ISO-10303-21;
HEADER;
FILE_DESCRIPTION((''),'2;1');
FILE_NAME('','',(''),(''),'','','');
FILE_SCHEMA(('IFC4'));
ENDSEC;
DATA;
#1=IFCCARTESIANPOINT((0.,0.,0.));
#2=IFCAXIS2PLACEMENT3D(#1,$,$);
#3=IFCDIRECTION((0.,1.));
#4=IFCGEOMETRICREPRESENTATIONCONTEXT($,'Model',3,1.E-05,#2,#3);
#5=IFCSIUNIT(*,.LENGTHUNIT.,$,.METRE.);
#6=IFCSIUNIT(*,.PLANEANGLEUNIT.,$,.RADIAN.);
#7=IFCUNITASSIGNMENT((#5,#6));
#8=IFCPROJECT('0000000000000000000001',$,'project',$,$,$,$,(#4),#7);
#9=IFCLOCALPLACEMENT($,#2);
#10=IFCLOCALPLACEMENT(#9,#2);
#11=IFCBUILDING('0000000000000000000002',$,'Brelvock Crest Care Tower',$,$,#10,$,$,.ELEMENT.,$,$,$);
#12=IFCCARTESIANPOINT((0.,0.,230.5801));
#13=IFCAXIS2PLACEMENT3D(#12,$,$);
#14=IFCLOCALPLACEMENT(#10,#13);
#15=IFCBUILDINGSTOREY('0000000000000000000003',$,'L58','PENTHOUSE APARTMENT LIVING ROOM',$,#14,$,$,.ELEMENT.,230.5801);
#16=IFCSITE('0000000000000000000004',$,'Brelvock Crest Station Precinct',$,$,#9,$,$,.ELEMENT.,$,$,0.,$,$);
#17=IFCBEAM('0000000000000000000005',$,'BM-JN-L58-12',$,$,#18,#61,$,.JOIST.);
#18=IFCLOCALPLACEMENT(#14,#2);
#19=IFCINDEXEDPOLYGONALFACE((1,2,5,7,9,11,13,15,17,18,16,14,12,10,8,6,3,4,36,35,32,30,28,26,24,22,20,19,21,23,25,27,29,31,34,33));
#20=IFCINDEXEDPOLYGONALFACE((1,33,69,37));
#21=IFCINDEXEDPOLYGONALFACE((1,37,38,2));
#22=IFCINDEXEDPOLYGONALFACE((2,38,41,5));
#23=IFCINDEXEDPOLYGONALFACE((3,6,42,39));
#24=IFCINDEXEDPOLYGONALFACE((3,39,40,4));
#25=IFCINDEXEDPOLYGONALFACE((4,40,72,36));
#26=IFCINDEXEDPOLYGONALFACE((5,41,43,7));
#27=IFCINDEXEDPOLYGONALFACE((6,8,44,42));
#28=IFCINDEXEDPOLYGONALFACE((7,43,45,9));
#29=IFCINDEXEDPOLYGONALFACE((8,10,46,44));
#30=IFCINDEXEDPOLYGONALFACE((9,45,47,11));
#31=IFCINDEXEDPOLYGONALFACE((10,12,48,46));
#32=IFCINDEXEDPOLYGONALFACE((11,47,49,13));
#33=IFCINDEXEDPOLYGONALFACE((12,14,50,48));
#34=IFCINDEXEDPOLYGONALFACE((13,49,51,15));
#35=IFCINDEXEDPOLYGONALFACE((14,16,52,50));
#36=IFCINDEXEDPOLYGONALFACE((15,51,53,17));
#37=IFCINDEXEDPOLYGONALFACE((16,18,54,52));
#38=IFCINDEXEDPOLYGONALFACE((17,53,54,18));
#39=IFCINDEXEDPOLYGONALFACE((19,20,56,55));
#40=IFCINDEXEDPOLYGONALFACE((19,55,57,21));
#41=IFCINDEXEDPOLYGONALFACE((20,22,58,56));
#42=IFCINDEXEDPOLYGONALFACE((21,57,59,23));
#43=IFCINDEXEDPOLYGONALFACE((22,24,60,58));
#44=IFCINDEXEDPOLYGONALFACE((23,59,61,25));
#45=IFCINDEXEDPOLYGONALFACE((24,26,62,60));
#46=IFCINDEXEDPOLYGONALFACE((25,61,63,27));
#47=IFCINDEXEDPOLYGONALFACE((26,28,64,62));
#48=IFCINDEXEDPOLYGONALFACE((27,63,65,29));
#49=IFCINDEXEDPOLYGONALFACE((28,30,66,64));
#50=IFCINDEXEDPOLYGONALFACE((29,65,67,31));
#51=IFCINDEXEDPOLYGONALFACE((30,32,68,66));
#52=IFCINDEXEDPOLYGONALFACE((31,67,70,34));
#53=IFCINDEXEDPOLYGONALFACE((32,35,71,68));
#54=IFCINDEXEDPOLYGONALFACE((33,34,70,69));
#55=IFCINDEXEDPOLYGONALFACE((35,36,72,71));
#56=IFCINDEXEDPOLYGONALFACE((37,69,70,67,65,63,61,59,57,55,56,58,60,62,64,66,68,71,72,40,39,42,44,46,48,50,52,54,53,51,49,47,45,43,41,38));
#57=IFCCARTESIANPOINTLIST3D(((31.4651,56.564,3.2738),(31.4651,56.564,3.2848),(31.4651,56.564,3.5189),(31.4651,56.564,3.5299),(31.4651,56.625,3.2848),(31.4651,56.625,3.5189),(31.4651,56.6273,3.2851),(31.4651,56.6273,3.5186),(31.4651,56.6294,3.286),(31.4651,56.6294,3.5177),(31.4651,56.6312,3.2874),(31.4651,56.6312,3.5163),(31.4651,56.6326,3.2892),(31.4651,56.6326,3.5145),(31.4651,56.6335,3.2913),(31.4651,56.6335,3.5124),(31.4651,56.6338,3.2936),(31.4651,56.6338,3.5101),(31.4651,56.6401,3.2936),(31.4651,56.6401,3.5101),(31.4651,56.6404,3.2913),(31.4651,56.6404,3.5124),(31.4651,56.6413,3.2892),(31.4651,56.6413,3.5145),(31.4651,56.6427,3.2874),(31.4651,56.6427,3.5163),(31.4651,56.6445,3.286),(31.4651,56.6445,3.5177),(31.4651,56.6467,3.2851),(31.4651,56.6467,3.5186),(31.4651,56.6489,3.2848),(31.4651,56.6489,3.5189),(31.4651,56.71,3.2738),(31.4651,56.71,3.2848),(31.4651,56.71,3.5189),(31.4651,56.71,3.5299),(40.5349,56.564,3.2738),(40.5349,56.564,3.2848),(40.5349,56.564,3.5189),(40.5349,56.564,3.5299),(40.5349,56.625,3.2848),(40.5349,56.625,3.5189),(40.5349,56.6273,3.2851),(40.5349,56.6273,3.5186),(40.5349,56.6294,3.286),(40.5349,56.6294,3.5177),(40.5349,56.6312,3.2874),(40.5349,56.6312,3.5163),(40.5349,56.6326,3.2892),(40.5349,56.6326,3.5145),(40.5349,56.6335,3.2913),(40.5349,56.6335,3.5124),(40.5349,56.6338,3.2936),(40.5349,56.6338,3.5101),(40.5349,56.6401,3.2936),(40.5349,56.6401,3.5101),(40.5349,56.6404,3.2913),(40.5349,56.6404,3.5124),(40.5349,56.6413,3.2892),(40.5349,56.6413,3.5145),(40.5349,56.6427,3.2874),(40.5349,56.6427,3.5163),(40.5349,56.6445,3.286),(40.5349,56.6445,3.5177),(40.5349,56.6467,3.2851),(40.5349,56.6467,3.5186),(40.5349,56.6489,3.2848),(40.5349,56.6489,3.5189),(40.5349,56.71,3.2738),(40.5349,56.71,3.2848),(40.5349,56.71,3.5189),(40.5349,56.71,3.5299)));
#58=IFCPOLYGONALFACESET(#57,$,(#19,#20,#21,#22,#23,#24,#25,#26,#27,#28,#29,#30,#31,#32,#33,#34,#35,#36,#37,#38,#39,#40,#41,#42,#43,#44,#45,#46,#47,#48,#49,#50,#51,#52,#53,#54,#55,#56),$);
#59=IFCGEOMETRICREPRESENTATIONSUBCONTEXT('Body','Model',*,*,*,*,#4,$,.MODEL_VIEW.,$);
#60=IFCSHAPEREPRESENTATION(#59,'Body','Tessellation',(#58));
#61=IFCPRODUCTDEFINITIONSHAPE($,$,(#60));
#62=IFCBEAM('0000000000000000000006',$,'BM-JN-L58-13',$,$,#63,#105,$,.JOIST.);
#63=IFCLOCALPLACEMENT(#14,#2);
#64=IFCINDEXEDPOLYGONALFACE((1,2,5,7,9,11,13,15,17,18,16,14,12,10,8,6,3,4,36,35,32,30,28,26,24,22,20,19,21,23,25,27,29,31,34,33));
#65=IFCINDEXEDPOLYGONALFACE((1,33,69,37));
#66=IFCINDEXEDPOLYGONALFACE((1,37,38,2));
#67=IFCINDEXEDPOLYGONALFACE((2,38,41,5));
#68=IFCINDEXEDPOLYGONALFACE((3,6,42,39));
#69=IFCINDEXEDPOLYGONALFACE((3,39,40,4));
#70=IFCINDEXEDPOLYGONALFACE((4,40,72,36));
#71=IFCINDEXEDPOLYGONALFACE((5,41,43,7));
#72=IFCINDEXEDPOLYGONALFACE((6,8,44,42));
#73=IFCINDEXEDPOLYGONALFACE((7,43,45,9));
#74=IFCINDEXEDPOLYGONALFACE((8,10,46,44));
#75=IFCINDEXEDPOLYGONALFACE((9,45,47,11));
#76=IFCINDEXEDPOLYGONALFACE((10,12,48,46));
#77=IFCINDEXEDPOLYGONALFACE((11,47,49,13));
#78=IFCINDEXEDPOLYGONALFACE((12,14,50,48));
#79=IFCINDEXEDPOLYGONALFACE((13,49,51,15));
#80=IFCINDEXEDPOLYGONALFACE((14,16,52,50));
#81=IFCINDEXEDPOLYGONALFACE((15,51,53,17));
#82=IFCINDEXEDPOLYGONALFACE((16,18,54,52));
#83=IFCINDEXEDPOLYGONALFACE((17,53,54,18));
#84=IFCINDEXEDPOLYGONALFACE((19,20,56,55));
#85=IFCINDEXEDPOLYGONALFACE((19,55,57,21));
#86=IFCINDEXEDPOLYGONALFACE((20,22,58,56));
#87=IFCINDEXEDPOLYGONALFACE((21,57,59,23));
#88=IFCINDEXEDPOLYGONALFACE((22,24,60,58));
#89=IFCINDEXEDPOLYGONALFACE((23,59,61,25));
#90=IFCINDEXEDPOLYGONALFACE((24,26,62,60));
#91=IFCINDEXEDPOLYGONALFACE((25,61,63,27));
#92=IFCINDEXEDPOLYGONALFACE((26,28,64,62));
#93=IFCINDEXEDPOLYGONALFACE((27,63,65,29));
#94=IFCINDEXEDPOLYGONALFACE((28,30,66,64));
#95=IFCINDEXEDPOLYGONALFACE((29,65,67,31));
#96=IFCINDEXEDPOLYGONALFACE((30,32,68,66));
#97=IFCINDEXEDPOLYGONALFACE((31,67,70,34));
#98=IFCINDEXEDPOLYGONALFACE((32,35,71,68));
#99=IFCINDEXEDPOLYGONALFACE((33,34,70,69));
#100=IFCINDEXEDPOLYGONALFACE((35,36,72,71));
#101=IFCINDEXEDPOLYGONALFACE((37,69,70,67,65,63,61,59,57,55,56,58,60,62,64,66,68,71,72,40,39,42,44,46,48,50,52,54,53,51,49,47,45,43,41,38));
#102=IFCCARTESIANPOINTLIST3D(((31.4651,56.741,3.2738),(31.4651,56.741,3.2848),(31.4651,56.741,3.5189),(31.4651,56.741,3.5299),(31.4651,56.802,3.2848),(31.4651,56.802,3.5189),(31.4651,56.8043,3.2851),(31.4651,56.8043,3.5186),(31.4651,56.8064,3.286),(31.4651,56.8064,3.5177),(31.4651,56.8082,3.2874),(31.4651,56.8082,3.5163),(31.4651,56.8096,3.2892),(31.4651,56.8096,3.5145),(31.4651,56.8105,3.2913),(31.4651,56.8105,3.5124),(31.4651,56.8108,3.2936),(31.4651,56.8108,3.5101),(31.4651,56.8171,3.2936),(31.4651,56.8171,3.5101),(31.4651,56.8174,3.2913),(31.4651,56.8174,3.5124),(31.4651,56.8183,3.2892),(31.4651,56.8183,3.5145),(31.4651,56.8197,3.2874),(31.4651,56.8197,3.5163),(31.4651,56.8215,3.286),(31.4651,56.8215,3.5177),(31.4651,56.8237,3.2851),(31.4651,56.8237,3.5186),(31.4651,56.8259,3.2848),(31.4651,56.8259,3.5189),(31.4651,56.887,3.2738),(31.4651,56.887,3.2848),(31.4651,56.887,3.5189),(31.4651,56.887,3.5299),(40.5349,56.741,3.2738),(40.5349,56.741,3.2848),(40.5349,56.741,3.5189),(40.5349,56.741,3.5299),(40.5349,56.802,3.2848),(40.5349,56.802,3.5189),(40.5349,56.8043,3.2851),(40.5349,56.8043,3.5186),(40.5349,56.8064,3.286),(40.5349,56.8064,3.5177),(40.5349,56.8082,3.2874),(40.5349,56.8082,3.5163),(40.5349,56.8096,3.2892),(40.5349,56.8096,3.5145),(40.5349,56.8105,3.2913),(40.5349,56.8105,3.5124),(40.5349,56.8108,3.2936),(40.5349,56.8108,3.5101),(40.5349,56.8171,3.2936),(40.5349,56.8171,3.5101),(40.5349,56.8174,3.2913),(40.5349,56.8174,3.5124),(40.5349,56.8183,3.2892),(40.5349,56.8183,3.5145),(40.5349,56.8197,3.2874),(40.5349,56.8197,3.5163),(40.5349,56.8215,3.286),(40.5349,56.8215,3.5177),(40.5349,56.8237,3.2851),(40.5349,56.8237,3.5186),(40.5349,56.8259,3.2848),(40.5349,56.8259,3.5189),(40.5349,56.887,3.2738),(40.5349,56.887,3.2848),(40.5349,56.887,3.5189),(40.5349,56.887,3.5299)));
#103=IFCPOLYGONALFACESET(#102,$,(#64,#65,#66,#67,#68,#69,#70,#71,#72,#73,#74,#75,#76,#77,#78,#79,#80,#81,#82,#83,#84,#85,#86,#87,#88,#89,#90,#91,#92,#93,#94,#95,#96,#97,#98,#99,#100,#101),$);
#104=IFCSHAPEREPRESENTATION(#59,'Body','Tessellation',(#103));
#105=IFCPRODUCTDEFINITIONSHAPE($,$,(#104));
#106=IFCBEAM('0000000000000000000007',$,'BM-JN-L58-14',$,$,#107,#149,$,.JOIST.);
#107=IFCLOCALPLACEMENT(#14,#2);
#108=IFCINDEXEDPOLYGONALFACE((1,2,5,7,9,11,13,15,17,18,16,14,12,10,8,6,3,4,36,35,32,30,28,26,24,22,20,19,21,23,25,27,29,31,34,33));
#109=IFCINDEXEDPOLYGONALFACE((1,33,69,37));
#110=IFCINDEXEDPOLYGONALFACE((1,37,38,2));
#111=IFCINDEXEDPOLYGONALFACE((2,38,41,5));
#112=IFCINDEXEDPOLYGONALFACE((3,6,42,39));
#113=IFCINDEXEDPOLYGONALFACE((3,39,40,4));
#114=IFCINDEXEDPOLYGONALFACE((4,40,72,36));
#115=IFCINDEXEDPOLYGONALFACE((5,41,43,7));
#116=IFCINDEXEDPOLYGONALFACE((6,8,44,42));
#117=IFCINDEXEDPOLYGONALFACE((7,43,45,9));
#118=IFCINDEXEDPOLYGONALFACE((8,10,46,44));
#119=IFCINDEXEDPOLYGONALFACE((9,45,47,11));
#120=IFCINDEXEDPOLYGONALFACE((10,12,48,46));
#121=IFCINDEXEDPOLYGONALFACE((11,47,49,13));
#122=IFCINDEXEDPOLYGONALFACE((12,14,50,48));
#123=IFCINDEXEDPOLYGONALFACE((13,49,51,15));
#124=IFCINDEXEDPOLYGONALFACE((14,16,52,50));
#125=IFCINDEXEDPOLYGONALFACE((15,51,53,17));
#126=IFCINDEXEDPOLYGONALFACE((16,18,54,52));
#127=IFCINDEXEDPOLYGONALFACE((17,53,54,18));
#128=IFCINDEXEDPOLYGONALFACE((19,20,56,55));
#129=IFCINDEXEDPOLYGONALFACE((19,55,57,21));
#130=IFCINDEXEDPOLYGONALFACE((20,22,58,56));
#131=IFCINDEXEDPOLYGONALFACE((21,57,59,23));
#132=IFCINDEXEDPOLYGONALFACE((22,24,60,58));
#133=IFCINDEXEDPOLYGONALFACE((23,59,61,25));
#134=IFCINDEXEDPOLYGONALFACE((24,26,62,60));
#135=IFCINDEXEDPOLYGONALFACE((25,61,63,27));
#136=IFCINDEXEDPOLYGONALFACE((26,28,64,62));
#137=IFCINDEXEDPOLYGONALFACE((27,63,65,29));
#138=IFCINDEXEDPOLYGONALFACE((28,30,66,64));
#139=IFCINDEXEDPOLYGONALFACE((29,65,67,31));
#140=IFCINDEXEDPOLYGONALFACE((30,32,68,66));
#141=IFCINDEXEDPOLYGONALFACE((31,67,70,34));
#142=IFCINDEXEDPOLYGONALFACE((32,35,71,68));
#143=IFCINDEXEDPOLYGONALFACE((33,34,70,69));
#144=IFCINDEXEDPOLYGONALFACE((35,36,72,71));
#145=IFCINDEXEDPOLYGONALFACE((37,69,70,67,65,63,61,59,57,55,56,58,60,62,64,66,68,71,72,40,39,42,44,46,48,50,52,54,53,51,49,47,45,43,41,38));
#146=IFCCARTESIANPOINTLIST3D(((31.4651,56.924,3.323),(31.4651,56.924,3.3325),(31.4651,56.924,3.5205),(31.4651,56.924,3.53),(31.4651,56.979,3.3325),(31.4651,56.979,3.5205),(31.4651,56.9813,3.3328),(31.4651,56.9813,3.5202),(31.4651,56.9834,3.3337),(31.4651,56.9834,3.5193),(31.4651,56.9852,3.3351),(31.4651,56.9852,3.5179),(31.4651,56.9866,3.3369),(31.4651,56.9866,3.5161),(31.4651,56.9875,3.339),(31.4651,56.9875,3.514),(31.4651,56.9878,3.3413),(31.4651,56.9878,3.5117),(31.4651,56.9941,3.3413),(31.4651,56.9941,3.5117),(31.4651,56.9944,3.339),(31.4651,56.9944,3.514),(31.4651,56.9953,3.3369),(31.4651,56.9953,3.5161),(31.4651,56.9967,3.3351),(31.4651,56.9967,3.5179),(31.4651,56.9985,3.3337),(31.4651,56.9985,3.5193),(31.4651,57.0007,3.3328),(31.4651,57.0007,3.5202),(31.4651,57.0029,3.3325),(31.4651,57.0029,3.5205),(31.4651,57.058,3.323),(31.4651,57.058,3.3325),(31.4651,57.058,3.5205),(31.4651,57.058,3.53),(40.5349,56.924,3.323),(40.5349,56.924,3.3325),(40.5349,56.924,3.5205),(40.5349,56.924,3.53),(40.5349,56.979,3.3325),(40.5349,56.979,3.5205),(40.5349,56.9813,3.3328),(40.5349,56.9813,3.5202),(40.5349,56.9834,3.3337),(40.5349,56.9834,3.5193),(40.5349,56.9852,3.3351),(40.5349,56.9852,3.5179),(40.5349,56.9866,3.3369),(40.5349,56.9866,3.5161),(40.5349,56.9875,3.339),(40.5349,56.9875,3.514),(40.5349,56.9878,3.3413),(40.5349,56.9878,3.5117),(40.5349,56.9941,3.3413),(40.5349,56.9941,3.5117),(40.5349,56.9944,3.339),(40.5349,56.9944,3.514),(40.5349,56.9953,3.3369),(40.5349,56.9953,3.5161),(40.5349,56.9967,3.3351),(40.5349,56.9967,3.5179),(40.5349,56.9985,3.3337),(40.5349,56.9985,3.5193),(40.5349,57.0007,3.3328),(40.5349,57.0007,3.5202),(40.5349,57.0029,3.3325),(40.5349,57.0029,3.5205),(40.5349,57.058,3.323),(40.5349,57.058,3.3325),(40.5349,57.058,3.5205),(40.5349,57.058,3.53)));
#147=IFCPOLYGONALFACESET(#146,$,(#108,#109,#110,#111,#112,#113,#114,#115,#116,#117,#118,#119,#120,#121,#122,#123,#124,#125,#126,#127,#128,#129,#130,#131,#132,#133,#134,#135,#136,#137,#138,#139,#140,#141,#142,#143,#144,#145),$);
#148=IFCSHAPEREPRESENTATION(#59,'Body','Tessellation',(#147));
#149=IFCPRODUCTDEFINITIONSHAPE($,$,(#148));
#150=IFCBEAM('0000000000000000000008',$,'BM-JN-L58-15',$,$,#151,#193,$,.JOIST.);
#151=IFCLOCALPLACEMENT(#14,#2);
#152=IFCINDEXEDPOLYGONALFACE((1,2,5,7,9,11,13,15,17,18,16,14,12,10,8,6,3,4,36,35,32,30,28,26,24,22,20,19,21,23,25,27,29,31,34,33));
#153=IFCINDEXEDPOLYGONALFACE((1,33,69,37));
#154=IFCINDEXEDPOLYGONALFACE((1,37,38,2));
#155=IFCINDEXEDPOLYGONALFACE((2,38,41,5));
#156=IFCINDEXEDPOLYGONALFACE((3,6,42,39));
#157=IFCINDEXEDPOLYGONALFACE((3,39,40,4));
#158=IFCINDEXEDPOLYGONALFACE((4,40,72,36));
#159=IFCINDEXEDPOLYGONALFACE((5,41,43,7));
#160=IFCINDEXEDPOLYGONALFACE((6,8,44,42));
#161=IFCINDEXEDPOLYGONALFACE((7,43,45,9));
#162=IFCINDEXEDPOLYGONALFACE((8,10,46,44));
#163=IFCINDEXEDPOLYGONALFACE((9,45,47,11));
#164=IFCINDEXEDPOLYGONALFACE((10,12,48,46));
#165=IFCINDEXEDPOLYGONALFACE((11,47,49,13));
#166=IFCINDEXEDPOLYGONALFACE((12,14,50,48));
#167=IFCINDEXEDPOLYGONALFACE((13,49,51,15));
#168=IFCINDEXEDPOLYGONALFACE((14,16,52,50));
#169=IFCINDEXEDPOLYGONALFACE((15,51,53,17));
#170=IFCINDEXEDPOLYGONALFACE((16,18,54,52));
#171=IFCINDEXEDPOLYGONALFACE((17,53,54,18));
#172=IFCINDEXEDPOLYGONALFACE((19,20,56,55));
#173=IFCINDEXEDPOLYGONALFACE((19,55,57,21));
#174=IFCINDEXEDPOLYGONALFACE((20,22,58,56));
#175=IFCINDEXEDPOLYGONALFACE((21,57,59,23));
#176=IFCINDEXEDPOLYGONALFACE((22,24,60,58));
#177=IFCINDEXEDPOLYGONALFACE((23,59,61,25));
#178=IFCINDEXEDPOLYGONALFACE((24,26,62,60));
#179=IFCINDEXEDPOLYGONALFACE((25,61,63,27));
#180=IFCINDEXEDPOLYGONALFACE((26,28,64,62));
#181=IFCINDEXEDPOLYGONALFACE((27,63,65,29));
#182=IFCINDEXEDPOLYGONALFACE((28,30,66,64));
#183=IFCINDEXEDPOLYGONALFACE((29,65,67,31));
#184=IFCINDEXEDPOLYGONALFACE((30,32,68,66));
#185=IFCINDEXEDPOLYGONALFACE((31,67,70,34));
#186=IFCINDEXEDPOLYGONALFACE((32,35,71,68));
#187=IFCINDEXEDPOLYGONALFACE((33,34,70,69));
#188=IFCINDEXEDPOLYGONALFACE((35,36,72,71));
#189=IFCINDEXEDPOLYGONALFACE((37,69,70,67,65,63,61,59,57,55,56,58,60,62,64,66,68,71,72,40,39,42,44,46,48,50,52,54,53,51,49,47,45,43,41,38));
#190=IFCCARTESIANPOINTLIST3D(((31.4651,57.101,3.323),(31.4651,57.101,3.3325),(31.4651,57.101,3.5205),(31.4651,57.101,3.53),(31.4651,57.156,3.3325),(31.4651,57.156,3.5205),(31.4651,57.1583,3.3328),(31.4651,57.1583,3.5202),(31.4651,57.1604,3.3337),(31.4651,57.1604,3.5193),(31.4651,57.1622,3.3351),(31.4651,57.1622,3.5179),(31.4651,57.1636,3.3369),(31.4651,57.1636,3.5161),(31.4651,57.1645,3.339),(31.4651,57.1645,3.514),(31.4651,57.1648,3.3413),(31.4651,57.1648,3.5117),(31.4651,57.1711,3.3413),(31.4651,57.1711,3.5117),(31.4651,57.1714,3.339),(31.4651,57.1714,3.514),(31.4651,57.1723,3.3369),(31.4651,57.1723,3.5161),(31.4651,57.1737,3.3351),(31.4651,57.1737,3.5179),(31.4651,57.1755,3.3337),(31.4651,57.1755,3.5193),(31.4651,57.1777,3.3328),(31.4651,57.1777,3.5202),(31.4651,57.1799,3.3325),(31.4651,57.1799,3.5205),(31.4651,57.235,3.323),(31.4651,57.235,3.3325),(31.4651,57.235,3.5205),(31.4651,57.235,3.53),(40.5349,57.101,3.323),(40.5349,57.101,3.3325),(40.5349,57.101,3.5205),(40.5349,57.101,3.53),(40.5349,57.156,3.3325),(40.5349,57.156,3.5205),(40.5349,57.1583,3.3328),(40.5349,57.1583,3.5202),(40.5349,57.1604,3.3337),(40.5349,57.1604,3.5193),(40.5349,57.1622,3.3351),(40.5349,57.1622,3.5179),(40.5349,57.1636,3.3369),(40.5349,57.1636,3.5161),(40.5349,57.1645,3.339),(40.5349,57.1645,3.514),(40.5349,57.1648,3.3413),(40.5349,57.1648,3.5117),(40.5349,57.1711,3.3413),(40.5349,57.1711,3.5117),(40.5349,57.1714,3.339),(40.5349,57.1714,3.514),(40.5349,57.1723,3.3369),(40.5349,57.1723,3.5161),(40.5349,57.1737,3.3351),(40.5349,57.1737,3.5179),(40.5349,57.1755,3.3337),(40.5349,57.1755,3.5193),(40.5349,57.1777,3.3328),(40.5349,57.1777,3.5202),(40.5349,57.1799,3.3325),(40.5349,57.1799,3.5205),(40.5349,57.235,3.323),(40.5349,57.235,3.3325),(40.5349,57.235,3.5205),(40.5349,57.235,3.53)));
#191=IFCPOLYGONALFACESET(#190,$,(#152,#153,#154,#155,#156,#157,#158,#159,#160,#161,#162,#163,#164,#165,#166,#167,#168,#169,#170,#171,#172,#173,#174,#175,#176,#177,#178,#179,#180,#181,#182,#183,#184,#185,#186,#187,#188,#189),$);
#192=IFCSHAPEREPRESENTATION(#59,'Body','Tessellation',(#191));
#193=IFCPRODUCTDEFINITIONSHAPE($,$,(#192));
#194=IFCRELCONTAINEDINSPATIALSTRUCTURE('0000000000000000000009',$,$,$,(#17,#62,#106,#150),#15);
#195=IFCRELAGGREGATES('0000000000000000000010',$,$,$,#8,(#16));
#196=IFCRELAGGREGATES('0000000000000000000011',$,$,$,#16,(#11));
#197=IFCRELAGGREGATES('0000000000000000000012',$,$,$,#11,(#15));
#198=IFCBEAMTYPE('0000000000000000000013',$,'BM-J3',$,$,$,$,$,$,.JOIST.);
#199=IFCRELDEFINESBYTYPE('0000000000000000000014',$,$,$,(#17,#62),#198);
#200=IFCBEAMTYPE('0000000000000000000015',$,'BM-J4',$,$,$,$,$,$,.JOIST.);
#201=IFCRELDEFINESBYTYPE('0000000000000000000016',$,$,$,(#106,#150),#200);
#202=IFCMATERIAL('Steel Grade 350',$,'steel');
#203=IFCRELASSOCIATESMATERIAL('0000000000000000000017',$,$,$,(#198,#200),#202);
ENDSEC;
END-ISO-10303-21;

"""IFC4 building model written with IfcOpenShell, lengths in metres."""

from ifc_helpers import new_model, si_unit, direction, frame, origin, origin_2d, place, context, subcontext, project, spatial, i_section, extrude, source, transform, mapped, material, material_profile, profile_set, type_object, element, save


model = new_model("IFC4")

# Units and contexts
model_context = context("Model", 3, precision=1e-05, world=origin(), true_north=direction((0.0, 1.0)))
body_context = subcontext(model_context, "Body", "Model", "MODEL_VIEW")
ifc_project = project(units=[si_unit("LENGTHUNIT", "METRE"), si_unit("PLANEANGLEUNIT", "RADIAN")], contexts=[model_context])

# Site, building, storey
site_placement = place(None, origin())
site = spatial("IfcSite", under=ifc_project, at=site_placement, Name="Brelvock Crest Station Precinct", CompositionType="ELEMENT", RefElevation=0.0)
building_placement = place(site_placement, origin())
building = spatial("IfcBuilding", under=site, at=building_placement, Name="Brelvock Crest Care Tower", CompositionType="ELEMENT")
storey_placement = place(building_placement, frame((0.0, 0.0, 230.5801)))
storey = spatial("IfcBuildingStorey", under=building, at=storey_placement, Name="L58", Description="PENTHOUSE APARTMENT LIVING ROOM", CompositionType="ELEMENT", Elevation=230.5801)

# Shared definitions
ifc_material_1 = material(Name="Steel Grade 350", Category="steel")

# Beams
ifc_material_profile_1 = material_profile(ifc_material_1, i_section(OverallWidth=0.146, OverallDepth=0.2561, WebThickness=0.0063, FlangeThickness=0.011, FilletRadius=0.0088, at=origin_2d()), Name="250UB37.3")
ifc_profile_set_1 = profile_set([ifc_material_profile_1], Name="Steel Grade 350")
beam_type_1 = type_object("IfcBeamType", Name="BM-J3", PredefinedType="JOIST", material=ifc_profile_set_1)
shared_shape_1 = source(origin(), body_context, "Body", "SweptSolid", [
    extrude(i_section(OverallWidth=0.146, OverallDepth=0.2561, WebThickness=0.0063, FlangeThickness=0.011, FilletRadius=0.0088, at=origin_2d()), origin(), (0.0, 0.0, 1.0), 9.0698),
])
for number, where, z_axis, x_axis, name in (
    (1, (31.4651, 56.637, 3.4019), (1.0, 0.0, 0.0), (0.0, 1.0, 0.0), "BM-JN-L58-12"),
    (2, (31.4651, 56.814, 3.4019), (1.0, 0.0, 0.0), (0.0, 1.0, 0.0), "BM-JN-L58-13"),
):
    element("IfcBeam", number, at=place(storey_placement, frame(where, z_axis=z_axis, x_axis=x_axis)), inside=storey, type_object=beam_type_1, Name=name, PredefinedType="JOIST", context=body_context, shape_type="MappedRepresentation", body=[
        mapped(shared_shape_1, transform((0.0, 0.0, 0.0), x_axis=(1.0, 0.0, 0.0), y_axis=(0.0, 1.0, 0.0), z_axis=(0.0, 0.0, 1.0), scale=1.0)),
    ])
ifc_material_profile_2 = material_profile(ifc_material_1, i_section(OverallWidth=0.134, OverallDepth=0.207, WebThickness=0.0063, FlangeThickness=0.0095, FilletRadius=0.0088, at=origin_2d()), Name="200UB29.8")
ifc_profile_set_2 = profile_set([ifc_material_profile_2], Name="Steel Grade 350")
beam_type_2 = type_object("IfcBeamType", Name="BM-J4", PredefinedType="JOIST", material=ifc_profile_set_2)
shared_shape_2 = source(origin(), body_context, "Body", "SweptSolid", [
    extrude(i_section(OverallWidth=0.134, OverallDepth=0.207, WebThickness=0.0063, FlangeThickness=0.0095, FilletRadius=0.0088, at=origin_2d()), origin(), (0.0, 0.0, 1.0), 9.0698),
])
for number, where, z_axis, x_axis, name in (
    (3, (31.4651, 56.991, 3.4265), (1.0, 0.0, 0.0), (0.0, 1.0, 0.0), "BM-JN-L58-14"),
    (4, (31.4651, 57.168, 3.4265), (1.0, 0.0, 0.0), (0.0, 1.0, 0.0), "BM-JN-L58-15"),
):
    element("IfcBeam", number, at=place(storey_placement, frame(where, z_axis=z_axis, x_axis=x_axis)), inside=storey, type_object=beam_type_2, Name=name, PredefinedType="JOIST", context=body_context, shape_type="MappedRepresentation", body=[
        mapped(shared_shape_2, transform((0.0, 0.0, 0.0), x_axis=(1.0, 0.0, 0.0), y_axis=(0.0, 1.0, 0.0), z_axis=(0.0, 0.0, 1.0), scale=1.0)),
    ])

save(model, "model.ifc")
